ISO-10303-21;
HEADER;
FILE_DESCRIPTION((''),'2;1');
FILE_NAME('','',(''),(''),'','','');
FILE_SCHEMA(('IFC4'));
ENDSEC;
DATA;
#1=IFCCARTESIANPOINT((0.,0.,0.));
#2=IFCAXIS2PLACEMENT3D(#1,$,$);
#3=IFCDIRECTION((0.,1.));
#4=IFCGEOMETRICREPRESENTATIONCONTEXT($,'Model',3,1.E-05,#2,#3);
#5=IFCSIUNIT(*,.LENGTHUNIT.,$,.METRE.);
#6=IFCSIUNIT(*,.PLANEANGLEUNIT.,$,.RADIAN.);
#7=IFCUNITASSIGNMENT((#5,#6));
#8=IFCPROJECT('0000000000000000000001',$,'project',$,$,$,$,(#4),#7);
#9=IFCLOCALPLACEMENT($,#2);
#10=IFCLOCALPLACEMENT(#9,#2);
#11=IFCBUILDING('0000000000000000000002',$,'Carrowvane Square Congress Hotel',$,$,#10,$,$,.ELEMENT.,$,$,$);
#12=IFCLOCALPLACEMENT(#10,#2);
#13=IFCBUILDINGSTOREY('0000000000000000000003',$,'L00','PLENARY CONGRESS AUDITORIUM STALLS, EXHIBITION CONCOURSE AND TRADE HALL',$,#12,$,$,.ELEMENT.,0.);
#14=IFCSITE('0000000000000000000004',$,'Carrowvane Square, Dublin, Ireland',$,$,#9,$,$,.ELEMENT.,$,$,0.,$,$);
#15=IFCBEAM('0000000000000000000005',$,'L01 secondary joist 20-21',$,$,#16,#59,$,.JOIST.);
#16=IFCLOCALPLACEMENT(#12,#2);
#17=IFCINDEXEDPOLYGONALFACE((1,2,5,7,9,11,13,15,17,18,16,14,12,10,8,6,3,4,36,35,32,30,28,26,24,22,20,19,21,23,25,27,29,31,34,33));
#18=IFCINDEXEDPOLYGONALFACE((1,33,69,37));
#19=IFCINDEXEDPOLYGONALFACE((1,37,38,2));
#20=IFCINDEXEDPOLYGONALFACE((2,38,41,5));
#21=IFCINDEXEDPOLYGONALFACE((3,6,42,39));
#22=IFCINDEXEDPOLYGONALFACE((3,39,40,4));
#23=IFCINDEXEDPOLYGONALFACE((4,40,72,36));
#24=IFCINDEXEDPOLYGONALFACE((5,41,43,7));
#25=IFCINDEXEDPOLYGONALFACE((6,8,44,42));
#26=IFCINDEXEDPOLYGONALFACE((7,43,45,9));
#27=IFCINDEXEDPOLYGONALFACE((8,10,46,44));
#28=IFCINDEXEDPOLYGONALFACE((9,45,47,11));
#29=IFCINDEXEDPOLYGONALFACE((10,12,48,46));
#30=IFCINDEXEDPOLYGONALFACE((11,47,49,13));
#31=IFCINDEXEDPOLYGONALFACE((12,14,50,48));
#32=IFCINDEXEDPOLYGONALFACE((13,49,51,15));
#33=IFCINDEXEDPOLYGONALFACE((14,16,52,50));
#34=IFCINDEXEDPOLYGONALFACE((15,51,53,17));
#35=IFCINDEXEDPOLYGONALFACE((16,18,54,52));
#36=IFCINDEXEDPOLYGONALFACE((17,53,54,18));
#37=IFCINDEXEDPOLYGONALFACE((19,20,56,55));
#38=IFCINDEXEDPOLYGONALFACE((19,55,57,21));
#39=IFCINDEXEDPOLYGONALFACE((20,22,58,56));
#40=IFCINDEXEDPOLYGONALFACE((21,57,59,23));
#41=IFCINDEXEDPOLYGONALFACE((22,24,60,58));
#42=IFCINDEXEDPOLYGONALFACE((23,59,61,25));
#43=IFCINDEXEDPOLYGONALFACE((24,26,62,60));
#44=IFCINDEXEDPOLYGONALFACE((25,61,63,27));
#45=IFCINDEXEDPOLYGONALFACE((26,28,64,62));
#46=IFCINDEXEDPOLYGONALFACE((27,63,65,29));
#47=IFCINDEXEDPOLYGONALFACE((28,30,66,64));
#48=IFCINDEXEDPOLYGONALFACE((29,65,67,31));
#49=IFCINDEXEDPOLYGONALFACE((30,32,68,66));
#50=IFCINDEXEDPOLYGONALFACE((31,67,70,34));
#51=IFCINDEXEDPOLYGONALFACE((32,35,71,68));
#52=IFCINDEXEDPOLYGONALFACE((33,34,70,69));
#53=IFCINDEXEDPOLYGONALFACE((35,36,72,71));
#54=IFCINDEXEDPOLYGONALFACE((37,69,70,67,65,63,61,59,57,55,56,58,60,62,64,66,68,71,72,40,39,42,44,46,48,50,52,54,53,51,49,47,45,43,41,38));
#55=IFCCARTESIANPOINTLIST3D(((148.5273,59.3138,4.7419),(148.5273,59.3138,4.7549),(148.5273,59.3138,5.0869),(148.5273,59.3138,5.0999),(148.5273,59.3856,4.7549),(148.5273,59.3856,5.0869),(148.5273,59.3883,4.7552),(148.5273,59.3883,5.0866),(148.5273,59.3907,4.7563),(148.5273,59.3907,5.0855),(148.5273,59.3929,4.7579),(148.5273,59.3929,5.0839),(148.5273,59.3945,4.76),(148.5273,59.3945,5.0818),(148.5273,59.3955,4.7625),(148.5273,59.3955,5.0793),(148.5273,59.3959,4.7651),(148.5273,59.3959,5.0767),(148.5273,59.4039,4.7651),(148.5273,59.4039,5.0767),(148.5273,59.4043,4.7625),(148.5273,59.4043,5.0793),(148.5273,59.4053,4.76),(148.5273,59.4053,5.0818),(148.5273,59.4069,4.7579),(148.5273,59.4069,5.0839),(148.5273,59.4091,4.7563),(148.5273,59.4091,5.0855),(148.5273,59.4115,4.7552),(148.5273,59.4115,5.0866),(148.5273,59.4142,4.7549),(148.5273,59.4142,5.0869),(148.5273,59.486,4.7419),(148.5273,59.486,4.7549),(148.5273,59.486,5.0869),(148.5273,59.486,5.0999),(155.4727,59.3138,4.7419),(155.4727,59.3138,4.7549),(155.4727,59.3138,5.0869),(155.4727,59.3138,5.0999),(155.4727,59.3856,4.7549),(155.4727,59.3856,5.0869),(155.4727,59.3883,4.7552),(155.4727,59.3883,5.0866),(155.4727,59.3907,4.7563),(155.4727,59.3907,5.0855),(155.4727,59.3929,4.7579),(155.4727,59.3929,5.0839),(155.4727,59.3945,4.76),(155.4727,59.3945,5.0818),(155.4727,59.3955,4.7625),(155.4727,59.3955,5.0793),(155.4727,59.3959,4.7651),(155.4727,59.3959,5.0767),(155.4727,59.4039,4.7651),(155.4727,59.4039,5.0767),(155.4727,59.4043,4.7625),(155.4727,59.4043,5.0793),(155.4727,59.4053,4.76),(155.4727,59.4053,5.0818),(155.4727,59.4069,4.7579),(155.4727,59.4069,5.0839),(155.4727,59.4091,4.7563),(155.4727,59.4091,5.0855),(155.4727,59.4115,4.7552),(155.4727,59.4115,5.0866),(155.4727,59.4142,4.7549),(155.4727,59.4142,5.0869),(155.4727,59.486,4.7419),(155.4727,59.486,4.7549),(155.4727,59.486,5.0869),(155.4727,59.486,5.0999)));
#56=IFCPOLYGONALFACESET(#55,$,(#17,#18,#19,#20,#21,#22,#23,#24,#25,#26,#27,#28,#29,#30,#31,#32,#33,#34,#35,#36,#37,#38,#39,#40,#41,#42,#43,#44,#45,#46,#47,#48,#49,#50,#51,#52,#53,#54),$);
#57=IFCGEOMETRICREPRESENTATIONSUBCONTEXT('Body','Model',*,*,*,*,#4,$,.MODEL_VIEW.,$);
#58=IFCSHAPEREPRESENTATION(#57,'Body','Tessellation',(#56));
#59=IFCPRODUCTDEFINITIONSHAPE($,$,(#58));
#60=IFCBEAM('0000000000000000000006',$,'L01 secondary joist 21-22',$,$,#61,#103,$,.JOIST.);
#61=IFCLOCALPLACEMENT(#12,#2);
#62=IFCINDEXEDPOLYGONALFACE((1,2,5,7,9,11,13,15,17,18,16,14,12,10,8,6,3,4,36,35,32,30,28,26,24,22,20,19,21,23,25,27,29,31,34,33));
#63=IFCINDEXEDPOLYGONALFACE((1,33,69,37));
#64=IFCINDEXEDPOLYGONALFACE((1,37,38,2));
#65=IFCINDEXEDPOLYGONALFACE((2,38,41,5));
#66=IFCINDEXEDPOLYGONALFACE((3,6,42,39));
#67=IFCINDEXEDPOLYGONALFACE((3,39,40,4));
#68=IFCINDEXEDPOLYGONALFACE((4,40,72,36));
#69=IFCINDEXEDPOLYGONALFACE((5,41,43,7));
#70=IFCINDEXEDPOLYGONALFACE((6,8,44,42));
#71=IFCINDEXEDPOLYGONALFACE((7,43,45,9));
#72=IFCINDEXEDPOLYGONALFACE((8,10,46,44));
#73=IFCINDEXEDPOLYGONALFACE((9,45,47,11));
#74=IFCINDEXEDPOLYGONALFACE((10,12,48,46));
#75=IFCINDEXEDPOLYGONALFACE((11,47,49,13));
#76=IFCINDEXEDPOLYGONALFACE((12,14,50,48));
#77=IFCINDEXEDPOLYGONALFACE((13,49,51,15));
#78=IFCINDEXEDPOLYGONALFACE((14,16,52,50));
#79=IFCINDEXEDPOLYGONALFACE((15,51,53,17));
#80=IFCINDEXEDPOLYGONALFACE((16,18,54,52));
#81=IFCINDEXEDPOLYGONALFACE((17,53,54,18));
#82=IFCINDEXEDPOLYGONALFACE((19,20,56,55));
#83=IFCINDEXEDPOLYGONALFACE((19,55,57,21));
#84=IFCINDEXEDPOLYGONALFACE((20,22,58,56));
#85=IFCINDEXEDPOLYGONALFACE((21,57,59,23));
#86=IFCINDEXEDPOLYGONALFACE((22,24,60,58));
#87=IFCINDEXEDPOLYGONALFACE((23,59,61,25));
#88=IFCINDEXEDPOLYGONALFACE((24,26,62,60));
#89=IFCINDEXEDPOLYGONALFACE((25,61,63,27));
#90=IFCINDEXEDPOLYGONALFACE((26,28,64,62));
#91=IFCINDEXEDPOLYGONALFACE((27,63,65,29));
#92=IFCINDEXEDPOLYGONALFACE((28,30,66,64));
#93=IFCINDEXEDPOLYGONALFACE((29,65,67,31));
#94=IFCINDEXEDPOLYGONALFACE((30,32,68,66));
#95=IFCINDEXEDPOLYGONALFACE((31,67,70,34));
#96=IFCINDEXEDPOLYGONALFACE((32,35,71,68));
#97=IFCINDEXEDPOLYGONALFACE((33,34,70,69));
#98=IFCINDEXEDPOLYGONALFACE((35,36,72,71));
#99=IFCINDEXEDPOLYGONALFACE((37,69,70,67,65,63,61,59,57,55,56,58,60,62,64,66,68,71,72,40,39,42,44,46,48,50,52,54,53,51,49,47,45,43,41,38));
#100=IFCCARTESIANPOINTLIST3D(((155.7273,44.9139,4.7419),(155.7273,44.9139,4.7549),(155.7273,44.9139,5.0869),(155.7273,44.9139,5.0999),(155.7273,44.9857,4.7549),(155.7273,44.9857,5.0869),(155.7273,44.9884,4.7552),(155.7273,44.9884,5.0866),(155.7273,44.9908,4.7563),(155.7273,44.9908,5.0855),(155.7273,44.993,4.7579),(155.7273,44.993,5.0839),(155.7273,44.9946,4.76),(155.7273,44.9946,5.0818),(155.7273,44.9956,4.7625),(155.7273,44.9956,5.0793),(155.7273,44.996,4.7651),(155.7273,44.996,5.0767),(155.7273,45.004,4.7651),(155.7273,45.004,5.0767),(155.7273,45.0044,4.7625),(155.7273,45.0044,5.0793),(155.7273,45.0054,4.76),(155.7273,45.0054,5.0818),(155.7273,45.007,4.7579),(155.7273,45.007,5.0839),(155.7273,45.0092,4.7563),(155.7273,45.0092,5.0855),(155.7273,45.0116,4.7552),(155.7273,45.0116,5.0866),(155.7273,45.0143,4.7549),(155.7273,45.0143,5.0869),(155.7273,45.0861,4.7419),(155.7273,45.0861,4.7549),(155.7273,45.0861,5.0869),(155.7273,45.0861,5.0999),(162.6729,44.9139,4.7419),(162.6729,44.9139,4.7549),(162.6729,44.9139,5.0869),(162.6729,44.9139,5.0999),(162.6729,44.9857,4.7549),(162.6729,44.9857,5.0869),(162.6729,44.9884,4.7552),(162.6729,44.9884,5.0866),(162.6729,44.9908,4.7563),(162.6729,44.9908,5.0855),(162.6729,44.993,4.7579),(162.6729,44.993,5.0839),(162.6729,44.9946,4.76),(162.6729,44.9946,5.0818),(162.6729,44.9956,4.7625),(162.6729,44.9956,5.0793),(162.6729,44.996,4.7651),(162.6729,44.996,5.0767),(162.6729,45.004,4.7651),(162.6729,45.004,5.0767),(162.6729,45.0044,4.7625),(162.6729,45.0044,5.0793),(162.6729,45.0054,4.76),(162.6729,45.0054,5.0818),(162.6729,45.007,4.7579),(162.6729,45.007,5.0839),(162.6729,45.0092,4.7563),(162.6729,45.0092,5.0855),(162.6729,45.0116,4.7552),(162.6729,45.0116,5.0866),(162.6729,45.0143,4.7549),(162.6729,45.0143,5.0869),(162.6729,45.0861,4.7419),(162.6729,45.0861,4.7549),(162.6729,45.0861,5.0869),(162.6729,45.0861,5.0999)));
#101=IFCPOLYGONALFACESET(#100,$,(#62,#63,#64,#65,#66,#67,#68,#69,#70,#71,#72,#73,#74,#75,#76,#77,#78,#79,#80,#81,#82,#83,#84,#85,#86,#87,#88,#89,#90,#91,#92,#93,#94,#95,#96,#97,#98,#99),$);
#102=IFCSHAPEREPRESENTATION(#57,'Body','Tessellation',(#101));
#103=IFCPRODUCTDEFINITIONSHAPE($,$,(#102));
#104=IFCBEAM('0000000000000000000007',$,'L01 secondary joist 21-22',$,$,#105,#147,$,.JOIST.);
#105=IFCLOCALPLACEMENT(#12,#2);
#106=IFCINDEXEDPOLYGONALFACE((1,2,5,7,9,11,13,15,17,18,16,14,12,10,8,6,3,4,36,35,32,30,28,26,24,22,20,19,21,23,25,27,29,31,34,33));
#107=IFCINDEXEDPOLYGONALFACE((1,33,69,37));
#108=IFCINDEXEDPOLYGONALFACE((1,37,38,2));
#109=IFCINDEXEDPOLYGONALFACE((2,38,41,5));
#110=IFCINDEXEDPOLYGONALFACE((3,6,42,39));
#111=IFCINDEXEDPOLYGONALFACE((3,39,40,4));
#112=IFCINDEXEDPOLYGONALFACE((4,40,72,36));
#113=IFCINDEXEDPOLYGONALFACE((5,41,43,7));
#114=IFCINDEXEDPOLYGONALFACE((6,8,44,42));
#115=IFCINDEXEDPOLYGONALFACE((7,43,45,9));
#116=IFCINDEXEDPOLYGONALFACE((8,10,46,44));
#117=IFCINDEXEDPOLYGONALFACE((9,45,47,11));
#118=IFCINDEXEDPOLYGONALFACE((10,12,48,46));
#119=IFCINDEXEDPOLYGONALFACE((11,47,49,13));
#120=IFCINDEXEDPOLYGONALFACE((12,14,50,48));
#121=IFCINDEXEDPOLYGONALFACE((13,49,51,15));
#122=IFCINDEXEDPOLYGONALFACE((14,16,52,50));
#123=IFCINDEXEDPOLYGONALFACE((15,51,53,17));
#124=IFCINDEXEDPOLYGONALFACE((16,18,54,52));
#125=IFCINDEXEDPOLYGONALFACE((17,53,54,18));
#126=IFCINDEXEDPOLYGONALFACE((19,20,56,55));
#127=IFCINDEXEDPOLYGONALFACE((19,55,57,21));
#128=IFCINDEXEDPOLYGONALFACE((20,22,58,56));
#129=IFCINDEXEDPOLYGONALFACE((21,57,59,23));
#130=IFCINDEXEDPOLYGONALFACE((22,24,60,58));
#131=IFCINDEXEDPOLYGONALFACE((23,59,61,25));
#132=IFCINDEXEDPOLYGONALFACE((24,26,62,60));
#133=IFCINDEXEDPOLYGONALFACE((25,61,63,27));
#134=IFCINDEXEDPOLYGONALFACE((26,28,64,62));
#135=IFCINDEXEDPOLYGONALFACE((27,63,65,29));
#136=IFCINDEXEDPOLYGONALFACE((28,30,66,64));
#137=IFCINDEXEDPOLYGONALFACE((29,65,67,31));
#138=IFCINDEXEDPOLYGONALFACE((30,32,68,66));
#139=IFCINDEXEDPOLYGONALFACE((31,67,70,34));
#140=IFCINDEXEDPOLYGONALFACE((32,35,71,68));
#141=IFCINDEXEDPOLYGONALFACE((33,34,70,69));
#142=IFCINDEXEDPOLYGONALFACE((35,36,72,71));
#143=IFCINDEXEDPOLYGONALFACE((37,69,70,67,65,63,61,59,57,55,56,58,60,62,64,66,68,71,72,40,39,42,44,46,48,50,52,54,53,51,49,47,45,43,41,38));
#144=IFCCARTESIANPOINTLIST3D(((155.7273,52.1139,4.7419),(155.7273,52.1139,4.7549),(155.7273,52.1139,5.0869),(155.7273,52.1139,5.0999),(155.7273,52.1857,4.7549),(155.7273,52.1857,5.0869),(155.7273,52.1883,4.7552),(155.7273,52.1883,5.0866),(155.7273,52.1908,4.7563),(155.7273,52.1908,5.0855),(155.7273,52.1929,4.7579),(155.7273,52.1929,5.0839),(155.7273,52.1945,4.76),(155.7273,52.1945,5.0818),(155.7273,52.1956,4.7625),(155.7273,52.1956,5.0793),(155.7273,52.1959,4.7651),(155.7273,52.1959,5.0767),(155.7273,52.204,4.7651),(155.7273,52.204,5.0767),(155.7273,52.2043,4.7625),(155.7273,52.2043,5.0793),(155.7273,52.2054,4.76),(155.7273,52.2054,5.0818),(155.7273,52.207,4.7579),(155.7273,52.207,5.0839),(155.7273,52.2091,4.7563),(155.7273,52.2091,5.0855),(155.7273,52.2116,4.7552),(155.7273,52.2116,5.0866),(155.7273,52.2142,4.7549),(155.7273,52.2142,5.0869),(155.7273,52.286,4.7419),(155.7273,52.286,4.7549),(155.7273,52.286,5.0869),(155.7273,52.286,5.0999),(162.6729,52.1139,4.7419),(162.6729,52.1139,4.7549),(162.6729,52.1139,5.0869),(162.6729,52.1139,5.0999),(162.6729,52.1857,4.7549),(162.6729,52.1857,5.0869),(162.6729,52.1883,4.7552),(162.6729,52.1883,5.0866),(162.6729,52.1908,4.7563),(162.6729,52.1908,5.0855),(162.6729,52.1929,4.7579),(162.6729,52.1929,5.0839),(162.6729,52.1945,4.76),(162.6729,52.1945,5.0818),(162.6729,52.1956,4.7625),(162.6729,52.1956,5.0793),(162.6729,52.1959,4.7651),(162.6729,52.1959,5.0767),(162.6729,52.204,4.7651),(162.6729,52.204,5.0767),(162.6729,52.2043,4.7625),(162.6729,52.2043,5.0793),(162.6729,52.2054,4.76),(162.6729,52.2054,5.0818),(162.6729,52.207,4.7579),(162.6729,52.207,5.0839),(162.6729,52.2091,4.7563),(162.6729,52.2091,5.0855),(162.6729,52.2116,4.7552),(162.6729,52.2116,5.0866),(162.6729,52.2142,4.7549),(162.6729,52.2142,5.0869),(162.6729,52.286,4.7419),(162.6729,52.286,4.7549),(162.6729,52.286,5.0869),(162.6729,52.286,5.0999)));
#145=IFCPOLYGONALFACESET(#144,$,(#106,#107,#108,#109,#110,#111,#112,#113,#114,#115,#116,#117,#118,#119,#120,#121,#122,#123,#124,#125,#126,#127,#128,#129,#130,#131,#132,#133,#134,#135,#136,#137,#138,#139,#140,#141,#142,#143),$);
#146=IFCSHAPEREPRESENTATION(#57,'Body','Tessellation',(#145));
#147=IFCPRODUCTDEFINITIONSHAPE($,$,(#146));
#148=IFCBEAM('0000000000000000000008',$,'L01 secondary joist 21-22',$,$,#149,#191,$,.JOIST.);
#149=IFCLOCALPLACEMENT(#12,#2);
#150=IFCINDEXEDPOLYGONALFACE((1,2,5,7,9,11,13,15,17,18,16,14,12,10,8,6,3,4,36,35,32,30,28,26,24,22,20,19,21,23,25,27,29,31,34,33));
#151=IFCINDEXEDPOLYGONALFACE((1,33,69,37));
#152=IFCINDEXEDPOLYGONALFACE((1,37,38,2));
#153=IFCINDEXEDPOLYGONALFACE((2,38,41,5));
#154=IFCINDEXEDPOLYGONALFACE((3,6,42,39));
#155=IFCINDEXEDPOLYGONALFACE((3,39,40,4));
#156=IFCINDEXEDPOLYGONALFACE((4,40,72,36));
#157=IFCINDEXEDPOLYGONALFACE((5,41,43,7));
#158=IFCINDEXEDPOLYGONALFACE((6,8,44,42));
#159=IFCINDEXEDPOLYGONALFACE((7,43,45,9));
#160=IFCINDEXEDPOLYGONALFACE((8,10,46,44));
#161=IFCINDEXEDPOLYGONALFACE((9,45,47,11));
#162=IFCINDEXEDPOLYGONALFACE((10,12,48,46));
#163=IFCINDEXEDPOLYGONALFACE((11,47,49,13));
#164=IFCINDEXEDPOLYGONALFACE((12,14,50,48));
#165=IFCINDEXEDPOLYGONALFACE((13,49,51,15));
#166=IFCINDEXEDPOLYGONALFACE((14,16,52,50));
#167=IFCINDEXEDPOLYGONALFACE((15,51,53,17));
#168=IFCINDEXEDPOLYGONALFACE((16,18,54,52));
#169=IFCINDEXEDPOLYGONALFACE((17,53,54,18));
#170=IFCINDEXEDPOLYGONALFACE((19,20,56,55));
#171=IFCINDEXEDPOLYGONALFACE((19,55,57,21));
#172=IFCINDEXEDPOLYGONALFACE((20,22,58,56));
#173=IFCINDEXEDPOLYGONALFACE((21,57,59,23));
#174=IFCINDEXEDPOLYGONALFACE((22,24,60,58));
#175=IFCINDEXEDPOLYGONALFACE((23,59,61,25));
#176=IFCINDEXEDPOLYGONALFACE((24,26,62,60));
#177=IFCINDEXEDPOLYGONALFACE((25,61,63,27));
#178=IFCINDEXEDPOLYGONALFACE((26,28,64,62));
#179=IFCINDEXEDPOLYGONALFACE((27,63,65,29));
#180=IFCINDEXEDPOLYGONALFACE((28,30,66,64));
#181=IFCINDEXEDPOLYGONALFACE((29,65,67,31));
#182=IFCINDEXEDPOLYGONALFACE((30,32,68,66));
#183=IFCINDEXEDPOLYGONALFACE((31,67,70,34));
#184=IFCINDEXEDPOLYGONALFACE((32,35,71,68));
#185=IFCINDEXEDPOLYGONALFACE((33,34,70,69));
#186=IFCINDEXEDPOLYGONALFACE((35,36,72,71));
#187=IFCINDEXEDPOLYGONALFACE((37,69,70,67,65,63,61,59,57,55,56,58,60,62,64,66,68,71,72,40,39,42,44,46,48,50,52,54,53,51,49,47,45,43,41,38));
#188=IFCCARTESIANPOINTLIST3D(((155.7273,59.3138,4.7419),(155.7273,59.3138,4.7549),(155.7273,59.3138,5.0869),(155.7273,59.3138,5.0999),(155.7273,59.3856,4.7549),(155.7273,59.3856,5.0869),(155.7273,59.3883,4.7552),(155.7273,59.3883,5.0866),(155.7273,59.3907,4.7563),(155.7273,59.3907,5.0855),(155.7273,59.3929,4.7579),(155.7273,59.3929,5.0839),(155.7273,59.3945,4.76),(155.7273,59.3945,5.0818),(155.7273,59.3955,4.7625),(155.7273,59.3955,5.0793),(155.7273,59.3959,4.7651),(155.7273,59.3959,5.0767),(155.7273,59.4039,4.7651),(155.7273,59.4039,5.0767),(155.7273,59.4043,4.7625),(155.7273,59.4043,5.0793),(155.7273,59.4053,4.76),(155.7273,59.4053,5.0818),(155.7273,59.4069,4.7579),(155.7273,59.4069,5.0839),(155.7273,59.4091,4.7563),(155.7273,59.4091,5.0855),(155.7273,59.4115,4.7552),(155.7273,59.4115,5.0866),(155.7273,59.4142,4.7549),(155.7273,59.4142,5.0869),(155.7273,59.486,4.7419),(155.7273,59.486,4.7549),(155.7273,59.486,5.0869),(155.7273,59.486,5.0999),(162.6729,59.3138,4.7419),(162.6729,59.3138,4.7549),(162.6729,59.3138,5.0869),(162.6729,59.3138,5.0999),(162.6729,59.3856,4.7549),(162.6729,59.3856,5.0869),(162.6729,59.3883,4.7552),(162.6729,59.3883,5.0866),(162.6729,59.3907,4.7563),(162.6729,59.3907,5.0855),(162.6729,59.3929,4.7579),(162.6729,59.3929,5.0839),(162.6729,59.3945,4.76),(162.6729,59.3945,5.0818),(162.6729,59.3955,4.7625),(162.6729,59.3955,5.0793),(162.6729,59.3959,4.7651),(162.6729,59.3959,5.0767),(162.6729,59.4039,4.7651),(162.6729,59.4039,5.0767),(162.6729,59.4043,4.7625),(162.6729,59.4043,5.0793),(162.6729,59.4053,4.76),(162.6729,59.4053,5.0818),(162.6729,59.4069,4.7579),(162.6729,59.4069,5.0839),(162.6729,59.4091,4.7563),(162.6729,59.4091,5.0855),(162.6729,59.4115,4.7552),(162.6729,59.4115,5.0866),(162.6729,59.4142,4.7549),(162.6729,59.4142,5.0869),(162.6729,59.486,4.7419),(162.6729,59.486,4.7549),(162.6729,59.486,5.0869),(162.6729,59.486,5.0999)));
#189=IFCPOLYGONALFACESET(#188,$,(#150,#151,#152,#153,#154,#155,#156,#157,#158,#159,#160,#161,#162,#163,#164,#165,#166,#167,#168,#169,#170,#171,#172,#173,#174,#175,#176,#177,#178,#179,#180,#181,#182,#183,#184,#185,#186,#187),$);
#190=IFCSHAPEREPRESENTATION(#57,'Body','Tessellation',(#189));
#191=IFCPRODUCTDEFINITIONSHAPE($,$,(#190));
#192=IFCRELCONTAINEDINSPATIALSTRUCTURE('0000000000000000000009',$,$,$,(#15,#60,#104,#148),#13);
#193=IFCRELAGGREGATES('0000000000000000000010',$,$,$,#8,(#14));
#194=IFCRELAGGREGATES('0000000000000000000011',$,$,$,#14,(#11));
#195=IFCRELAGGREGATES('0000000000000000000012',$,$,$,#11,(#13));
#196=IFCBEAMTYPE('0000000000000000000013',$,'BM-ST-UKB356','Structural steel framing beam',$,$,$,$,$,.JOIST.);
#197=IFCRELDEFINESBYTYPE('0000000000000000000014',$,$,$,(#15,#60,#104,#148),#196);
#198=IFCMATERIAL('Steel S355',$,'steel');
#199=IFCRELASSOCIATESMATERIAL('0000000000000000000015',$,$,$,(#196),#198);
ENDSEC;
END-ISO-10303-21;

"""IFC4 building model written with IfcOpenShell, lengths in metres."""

from ifc_helpers import new_model, si_unit, direction, frame, origin, origin_2d, place, context, subcontext, project, spatial, i_section, extrude, material, material_profile, profile_set, type_object, element, save


model = new_model("IFC4")

# Units and contexts
model_context = context("Model", 3, precision=1e-05, world=origin(), true_north=direction((0.0, 1.0)))
body_context = subcontext(model_context, "Body", "Model", "MODEL_VIEW")
ifc_project = project(units=[si_unit("LENGTHUNIT", "METRE"), si_unit("PLANEANGLEUNIT", "RADIAN")], contexts=[model_context])

# Site, building, storey
site_placement = place(None, origin())
site = spatial("IfcSite", under=ifc_project, at=site_placement, Name="Carrowvane Square, Dublin, Ireland", CompositionType="ELEMENT", RefElevation=0.0)
building_placement = place(site_placement, origin())
building = spatial("IfcBuilding", under=site, at=building_placement, Name="Carrowvane Square Congress Hotel", CompositionType="ELEMENT")
storey_placement = place(building_placement, origin())
storey = spatial("IfcBuildingStorey", under=building, at=storey_placement, Name="L00", Description="PLENARY CONGRESS AUDITORIUM STALLS, EXHIBITION CONCOURSE AND TRADE HALL", CompositionType="ELEMENT", Elevation=0.0)

# Beams
ifc_material_1 = material(Name="Steel S355", Category="steel")
ifc_material_profile_1 = material_profile(ifc_material_1, i_section(OverallWidth=0.1721, OverallDepth=0.3579, WebThickness=0.0081, FlangeThickness=0.0129, FilletRadius=0.0103, at=origin_2d()), Name="UKB 356x171x57")
ifc_profile_set_1 = profile_set([ifc_material_profile_1], Name="Steel S355")
beam_type_1 = type_object("IfcBeamType", Name="BM-ST-UKB356", Description="Structural steel framing beam", PredefinedType="JOIST", material=ifc_profile_set_1)
for number, where, z_axis, x_axis, name in (
    (1, (148.5273, 59.3999, 4.9209), (1.0, 0.0, 0.0), (0.0, 1.0, 0.0), "L01 secondary joist 20-21"),
):
    element("IfcBeam", number, at=place(storey_placement, frame(where, z_axis=z_axis, x_axis=x_axis)), inside=storey, type_object=beam_type_1, Name=name, PredefinedType="JOIST", context=body_context, shape_type="SweptSolid", body=[
        extrude(i_section(OverallWidth=0.1721, OverallDepth=0.3579, WebThickness=0.0081, FlangeThickness=0.0129, FilletRadius=0.0103, at=origin_2d()), origin(), (0.0, 0.0, 1.0), 6.9453),
    ])
for number, where, z_axis, x_axis, name in (
    (2, (155.7273, 45.0, 4.9209), (1.0, 0.0, 0.0), (0.0, 1.0, 0.0), "L01 secondary joist 21-22"),
    (3, (155.7273, 52.2, 4.9209), (1.0, 0.0, 0.0), (0.0, 1.0, 0.0), "L01 secondary joist 21-22"),
    (4, (155.7273, 59.3999, 4.9209), (1.0, 0.0, 0.0), (0.0, 1.0, 0.0), "L01 secondary joist 21-22"),
):
    element("IfcBeam", number, at=place(storey_placement, frame(where, z_axis=z_axis, x_axis=x_axis)), inside=storey, type_object=beam_type_1, Name=name, PredefinedType="JOIST", context=body_context, shape_type="SweptSolid", body=[
        extrude(i_section(OverallWidth=0.1721, OverallDepth=0.3579, WebThickness=0.0081, FlangeThickness=0.0129, FilletRadius=0.0103, at=origin_2d()), origin(), (0.0, 0.0, 1.0), 6.9456),
    ])

save(model, "model.ifc")
